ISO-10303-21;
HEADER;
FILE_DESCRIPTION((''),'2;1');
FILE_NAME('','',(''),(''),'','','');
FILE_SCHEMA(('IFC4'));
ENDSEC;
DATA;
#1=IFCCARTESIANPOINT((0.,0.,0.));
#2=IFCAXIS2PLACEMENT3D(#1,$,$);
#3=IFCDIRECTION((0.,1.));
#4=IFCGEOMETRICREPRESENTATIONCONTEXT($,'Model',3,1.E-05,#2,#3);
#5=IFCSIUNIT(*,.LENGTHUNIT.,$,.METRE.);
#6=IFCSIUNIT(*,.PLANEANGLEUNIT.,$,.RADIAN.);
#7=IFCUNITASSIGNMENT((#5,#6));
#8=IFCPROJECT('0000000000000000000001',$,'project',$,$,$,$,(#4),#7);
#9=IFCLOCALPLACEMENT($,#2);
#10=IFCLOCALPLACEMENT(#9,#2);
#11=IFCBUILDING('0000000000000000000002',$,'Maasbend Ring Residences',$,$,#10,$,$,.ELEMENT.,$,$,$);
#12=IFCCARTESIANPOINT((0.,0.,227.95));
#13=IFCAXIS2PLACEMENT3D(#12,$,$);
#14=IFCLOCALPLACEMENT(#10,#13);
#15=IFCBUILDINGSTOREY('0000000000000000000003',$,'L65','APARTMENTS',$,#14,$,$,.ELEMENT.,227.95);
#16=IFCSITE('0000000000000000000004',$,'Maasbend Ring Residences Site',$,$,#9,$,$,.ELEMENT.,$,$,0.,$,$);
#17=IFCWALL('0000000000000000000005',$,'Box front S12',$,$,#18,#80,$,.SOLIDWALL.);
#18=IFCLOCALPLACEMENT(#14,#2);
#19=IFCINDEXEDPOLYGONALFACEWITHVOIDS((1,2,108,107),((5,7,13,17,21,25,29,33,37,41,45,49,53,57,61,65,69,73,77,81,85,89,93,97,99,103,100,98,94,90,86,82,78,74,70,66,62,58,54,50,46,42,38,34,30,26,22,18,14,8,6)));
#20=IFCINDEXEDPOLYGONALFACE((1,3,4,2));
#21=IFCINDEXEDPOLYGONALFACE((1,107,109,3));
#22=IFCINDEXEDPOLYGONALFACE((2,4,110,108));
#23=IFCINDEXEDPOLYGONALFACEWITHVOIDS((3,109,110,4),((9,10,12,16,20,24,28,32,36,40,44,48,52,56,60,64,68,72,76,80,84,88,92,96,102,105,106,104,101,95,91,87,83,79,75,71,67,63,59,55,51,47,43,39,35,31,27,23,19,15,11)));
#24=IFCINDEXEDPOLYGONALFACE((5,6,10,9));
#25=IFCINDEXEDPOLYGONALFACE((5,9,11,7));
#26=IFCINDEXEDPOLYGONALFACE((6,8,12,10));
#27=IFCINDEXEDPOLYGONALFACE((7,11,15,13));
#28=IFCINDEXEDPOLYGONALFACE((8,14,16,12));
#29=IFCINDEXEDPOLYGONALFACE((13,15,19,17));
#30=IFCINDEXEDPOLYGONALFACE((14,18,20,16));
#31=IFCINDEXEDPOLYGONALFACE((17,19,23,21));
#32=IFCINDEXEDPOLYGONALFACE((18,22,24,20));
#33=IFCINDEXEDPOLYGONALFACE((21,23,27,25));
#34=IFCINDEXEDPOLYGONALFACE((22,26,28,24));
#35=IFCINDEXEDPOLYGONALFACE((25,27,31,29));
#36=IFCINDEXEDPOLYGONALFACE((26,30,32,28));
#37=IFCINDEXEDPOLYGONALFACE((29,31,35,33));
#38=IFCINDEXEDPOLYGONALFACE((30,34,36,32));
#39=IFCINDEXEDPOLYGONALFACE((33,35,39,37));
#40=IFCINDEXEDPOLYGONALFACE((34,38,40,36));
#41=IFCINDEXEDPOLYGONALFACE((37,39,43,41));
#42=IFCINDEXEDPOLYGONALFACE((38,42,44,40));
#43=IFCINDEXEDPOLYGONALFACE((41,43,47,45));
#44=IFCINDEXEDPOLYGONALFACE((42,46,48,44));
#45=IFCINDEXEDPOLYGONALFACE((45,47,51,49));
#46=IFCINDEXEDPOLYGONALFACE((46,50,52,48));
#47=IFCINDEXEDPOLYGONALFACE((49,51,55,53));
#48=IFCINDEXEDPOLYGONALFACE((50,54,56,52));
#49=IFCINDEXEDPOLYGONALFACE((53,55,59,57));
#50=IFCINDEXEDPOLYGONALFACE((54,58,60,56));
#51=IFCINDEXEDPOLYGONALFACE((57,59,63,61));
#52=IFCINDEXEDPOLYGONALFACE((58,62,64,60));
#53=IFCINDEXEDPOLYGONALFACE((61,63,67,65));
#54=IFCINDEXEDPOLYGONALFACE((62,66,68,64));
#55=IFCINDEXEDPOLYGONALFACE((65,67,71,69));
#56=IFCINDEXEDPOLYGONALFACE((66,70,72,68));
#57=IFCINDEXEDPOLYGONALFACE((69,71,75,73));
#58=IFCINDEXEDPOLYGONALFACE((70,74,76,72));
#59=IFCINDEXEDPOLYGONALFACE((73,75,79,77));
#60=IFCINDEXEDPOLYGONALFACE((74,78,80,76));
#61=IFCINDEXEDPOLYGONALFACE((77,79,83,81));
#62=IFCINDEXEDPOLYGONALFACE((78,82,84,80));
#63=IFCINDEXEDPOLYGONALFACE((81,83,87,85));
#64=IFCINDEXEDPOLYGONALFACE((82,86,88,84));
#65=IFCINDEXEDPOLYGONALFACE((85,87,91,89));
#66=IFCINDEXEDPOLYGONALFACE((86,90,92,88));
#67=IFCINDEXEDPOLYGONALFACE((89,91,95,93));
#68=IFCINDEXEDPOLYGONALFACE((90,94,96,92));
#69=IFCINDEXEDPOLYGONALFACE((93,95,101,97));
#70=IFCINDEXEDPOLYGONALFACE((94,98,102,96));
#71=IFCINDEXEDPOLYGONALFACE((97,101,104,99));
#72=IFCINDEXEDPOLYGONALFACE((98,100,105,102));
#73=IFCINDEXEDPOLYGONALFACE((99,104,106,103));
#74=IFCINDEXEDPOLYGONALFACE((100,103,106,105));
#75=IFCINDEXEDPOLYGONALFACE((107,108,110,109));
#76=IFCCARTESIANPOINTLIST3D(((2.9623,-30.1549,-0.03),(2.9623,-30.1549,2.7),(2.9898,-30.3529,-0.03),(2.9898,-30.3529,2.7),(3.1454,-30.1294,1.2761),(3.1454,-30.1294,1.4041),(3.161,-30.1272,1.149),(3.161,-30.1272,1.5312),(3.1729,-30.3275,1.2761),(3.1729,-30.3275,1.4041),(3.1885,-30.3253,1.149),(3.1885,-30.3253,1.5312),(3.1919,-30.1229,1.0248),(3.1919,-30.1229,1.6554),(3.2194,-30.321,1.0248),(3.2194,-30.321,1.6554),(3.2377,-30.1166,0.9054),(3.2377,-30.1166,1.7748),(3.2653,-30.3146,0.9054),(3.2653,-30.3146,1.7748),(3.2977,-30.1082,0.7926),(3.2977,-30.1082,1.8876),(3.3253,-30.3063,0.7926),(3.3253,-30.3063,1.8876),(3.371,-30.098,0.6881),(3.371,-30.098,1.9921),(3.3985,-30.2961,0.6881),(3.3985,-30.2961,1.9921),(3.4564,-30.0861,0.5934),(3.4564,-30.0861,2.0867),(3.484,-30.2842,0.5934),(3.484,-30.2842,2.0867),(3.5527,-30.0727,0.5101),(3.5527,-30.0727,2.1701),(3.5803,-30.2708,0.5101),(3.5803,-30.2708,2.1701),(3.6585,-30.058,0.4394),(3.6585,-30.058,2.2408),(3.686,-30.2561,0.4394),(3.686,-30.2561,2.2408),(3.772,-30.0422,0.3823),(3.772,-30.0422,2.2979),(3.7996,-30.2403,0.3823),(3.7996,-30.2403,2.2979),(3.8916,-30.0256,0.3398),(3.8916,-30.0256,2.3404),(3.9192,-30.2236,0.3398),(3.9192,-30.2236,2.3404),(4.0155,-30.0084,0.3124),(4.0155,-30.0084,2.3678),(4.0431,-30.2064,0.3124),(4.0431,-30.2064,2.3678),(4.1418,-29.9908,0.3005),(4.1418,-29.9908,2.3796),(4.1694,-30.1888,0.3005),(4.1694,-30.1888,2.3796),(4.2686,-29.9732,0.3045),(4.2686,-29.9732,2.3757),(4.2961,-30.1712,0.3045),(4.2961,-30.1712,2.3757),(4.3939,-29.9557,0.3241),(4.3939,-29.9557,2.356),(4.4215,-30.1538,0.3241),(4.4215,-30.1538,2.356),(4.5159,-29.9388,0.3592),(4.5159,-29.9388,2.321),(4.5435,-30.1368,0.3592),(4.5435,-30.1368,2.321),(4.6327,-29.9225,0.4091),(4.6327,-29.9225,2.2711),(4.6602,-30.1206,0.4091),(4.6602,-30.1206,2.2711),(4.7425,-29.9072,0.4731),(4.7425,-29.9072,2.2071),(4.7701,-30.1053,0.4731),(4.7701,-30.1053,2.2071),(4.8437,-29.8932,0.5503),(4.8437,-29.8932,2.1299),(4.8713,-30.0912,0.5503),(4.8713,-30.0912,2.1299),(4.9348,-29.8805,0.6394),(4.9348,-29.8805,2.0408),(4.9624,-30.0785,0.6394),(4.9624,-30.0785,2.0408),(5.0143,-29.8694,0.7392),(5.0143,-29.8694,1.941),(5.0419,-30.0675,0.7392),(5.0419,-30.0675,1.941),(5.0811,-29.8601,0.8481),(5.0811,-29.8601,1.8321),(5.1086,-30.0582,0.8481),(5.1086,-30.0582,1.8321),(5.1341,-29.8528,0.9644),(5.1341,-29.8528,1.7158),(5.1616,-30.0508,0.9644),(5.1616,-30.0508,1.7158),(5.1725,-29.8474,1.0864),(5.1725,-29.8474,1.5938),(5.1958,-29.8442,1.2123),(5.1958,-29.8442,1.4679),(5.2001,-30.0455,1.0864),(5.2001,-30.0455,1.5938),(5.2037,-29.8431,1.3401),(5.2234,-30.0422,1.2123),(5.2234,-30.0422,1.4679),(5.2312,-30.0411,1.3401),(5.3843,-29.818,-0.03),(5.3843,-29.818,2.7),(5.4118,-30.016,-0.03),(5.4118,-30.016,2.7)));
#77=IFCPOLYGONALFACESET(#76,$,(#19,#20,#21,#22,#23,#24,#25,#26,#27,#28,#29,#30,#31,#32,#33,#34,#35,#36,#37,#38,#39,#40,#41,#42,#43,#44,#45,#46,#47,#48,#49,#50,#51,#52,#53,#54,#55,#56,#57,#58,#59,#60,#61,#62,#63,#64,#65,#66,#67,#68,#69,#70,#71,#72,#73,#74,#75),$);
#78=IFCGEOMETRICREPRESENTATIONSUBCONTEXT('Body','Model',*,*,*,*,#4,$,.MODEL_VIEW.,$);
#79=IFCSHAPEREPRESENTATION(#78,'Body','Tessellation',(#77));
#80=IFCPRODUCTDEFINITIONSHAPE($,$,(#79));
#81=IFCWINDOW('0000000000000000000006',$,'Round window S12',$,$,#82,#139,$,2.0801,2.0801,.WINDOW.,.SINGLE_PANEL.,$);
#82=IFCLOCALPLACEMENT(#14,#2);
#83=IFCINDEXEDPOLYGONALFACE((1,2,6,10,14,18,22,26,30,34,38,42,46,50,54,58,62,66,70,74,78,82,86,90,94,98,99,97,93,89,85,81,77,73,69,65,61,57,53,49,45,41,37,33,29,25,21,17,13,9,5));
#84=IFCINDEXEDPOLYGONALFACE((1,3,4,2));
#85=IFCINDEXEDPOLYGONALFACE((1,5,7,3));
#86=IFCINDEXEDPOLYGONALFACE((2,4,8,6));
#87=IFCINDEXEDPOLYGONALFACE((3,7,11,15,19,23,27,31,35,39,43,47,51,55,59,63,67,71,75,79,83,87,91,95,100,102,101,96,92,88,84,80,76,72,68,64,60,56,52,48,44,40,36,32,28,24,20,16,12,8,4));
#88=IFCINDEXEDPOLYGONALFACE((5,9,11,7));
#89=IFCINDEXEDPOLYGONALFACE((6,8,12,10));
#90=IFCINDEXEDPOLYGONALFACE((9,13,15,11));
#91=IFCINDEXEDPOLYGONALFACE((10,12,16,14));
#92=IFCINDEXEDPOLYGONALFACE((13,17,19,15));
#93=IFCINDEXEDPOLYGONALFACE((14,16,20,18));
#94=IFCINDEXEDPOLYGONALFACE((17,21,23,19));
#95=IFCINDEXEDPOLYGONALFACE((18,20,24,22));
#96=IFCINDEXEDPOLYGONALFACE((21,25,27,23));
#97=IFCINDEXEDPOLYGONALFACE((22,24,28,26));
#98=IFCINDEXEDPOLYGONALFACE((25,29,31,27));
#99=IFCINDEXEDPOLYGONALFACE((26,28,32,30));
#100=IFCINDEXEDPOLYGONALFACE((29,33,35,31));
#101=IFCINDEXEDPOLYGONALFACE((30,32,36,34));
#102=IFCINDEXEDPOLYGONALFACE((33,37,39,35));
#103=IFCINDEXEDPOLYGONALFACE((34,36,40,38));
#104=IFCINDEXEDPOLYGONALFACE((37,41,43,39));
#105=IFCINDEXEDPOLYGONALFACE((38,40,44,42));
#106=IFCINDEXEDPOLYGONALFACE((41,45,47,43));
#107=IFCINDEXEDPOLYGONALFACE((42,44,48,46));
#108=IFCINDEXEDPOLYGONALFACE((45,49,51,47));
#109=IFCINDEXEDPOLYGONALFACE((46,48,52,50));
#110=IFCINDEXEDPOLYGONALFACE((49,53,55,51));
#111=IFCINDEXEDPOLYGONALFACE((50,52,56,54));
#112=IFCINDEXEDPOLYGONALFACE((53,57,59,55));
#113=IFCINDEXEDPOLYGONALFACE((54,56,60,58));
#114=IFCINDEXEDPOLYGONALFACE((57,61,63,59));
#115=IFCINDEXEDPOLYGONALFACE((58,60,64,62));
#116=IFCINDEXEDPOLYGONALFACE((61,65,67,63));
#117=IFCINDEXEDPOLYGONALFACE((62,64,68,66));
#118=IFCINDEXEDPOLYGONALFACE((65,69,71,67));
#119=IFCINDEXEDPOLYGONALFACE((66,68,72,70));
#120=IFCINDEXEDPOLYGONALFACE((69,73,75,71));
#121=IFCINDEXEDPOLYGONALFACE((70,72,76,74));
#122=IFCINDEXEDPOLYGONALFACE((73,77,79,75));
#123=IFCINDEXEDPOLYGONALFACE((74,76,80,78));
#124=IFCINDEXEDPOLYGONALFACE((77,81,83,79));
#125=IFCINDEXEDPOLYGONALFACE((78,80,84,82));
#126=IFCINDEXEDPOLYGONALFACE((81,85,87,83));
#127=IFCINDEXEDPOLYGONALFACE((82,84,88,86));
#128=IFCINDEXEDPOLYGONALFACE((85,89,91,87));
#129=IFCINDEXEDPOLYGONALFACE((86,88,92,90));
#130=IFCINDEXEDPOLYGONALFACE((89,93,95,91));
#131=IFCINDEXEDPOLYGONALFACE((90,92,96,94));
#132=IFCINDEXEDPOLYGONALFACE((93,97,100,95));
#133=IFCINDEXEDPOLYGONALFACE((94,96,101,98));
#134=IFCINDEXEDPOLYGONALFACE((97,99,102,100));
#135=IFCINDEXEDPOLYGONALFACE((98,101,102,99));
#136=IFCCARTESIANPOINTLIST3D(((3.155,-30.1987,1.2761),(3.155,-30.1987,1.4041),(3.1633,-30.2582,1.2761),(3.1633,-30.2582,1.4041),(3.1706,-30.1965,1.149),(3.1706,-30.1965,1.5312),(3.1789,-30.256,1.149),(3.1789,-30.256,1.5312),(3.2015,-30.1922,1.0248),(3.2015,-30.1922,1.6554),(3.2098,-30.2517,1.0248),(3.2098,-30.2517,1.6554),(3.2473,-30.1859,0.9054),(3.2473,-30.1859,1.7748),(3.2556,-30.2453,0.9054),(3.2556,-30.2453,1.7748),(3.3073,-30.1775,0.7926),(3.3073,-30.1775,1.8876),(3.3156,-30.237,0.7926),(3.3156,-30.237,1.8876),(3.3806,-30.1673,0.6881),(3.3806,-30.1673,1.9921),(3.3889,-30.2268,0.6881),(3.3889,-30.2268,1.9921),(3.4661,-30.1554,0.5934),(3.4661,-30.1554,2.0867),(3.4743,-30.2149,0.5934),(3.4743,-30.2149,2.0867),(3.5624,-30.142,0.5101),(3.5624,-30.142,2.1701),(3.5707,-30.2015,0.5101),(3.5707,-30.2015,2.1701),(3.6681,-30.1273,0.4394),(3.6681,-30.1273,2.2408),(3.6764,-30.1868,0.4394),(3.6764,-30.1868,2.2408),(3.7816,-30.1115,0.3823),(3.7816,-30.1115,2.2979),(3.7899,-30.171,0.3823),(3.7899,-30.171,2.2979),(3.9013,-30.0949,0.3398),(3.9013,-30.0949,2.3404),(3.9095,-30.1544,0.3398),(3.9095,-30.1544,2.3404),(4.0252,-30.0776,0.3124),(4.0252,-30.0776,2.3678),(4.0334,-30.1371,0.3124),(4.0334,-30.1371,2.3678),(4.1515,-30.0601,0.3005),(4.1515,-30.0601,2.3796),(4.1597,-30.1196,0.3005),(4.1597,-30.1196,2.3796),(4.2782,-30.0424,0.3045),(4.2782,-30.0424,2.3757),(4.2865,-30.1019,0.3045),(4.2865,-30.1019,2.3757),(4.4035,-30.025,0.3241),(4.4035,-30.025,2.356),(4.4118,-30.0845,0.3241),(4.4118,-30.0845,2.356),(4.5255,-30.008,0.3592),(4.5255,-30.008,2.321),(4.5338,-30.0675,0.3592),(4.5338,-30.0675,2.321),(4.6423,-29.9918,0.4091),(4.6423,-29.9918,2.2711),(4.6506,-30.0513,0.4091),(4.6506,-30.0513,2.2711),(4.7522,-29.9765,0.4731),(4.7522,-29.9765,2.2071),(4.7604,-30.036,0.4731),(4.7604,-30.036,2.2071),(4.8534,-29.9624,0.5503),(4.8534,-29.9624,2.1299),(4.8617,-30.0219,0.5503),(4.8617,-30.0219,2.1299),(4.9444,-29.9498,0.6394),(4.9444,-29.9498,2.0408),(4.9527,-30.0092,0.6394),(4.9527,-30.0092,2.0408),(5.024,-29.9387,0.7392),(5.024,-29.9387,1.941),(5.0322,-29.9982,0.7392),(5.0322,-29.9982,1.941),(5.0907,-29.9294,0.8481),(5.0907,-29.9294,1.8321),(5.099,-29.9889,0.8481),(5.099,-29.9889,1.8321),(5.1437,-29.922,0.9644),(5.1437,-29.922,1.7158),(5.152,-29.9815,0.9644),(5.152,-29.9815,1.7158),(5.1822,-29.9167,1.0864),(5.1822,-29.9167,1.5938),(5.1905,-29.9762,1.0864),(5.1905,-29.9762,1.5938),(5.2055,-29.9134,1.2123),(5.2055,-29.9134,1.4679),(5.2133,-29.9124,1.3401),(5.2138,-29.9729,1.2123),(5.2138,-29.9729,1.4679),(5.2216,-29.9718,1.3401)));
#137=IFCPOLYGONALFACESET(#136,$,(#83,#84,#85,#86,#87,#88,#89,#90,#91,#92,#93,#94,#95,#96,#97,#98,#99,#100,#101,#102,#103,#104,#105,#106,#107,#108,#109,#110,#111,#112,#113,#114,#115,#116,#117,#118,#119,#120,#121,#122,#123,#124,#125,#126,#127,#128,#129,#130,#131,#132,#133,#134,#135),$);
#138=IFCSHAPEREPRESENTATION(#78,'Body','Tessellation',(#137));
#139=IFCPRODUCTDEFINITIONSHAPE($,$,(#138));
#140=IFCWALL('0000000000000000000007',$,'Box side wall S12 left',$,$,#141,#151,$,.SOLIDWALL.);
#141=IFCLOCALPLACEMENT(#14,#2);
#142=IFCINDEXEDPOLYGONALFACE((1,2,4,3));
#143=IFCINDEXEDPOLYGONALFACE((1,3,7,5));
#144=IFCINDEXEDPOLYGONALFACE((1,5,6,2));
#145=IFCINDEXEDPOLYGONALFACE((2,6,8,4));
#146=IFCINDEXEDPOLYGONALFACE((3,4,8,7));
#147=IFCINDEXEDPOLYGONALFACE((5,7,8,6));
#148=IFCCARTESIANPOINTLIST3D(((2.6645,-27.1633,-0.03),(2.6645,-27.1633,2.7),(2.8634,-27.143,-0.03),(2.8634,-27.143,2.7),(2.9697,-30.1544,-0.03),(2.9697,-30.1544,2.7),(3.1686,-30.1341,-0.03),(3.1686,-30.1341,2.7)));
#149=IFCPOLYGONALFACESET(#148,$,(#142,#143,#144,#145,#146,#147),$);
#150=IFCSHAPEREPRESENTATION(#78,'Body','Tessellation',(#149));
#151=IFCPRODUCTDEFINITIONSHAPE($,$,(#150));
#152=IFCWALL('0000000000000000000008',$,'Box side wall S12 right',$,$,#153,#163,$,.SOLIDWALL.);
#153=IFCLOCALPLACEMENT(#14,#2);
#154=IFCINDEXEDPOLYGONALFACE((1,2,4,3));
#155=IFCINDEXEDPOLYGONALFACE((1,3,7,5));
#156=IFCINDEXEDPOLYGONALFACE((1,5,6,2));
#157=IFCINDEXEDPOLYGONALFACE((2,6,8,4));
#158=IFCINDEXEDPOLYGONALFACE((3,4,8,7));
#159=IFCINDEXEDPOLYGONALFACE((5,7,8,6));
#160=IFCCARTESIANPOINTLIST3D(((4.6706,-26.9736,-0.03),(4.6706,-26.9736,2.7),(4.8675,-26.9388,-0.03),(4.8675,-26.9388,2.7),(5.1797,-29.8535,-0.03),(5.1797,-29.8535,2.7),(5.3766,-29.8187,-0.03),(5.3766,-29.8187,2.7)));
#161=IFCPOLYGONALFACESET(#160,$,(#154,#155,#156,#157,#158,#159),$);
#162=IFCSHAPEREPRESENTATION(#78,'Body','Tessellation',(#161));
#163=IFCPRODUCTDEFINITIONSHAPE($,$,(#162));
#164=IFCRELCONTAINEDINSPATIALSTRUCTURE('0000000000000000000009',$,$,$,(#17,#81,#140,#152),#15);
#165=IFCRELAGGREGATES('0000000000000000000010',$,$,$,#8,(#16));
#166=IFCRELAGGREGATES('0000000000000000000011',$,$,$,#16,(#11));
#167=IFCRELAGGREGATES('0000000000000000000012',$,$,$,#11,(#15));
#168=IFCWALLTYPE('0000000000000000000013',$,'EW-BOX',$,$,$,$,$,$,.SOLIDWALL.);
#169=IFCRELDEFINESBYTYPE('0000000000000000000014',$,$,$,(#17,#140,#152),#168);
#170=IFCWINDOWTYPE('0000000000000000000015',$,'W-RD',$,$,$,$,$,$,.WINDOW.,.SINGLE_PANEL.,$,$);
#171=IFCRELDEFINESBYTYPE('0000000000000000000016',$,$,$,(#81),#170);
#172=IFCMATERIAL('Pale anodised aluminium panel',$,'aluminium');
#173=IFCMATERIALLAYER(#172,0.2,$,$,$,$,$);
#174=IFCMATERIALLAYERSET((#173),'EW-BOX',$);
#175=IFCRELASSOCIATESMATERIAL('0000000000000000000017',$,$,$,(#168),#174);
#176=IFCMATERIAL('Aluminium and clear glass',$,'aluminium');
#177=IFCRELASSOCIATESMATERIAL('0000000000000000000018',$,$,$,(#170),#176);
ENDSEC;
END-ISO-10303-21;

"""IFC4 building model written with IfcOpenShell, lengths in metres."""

from ifc_helpers import new_model, si_unit, direction, frame, frame_2d, origin, place, context, subcontext, project, spatial, rectangle, circle, extrude, material, layer, layer_set, type_object, element, fill, save


model = new_model("IFC4")

# Units and contexts
model_context = context("Model", 3, precision=1e-05, world=origin(), true_north=direction((0.0, 1.0)))
body_context = subcontext(model_context, "Body", "Model", "MODEL_VIEW")
ifc_project = project(units=[si_unit("LENGTHUNIT", "METRE"), si_unit("PLANEANGLEUNIT", "RADIAN")], contexts=[model_context])

# Site, building, storey
site_placement = place(None, origin())
site = spatial("IfcSite", under=ifc_project, at=site_placement, Name="Maasbend Ring Residences Site", CompositionType="ELEMENT", RefElevation=0.0)
building_placement = place(site_placement, origin())
building = spatial("IfcBuilding", under=site, at=building_placement, Name="Maasbend Ring Residences", CompositionType="ELEMENT")
storey_placement = place(building_placement, frame((0.0, 0.0, 227.95)))
storey = spatial("IfcBuildingStorey", under=building, at=storey_placement, Name="L65", Description="APARTMENTS", CompositionType="ELEMENT", Elevation=227.95)

# Wall, opening, window
ifc_material_1 = material(Name="Pale anodised aluminium panel", Category="aluminium")
ifc_layer_1 = layer(ifc_material_1, 0.2)
ifc_layer_set_1 = layer_set([ifc_layer_1], Name="EW-BOX")
wall_type_1 = type_object("IfcWallType", Name="EW-BOX", PredefinedType="SOLIDWALL", material=ifc_layer_set_1)
wall_1_placement = place(storey_placement, frame((2.9761, -30.2539, -0.03), z_axis=(0.0, 0.0, 1.0), x_axis=(0.990462, 0.137786, 0.0)))
wall_1 = element("IfcWall", 1, at=wall_1_placement, inside=storey, type_object=wall_type_1, Name="Box front S12", PredefinedType="SOLIDWALL", context=body_context, shape_type="SweptSolid", body=[
    extrude(rectangle(XDim=2.4453, YDim=0.2, at=frame_2d((1.2227, 0.0))), origin(), (0.0, 0.0, 1.0), 2.73),
])
opening_1_placement = place(wall_1_placement, frame((0.1829, 0.0, 0.3301)))
opening_1 = element("IfcOpeningElement", 2, at=opening_1_placement, cuts=wall_1, PredefinedType="OPENING", context=body_context, shape_type="SweptSolid", body=[
    extrude(circle(Radius=1.04, at=frame_2d((1.04, 1.04))), frame((0.0, 0.1099, 0.0), z_axis=(0.0, -1.0, 0.0), x_axis=(1.0, 0.0, 0.0)), (0.0, 0.0, 1.0), 0.22),
])
ifc_material_2 = material(Name="Aluminium and clear glass", Category="aluminium")
window_type_1 = type_object("IfcWindowType", Name="W-RD", PartitioningType="SINGLE_PANEL", PredefinedType="WINDOW", material=ifc_material_2)
window_1_placement = place(opening_1_placement, origin())
window_1 = element("IfcWindow", 3, at=window_1_placement, inside=storey, type_object=window_type_1, Name="Round window S12", OverallHeight=2.0801, OverallWidth=2.0801, PartitioningType="SINGLE_PANEL", PredefinedType="WINDOW", context=body_context, shape_type="SweptSolid", body=[
    extrude(circle(Radius=1.04, at=frame_2d((1.04, 1.04))), frame((0.0, 0.03, 0.0), z_axis=(0.0, -1.0, 0.0), x_axis=(1.0, 0.0, 0.0)), (0.0, 0.0, 1.0), 0.0601),
])
fill(opening_1, window_1)

# Walls
wall_2_placement = place(storey_placement, frame((2.7639, -27.1531, -0.03), z_axis=(0.0, 0.0, 1.0), x_axis=(0.101505, -0.994835, 0.0)))
element("IfcWall", 4, at=wall_2_placement, inside=storey, type_object=wall_type_1, Name="Box side wall S12 left", PredefinedType="SOLIDWALL", context=body_context, shape_type="SweptSolid", body=[
    extrude(rectangle(XDim=3.0066, YDim=0.2, at=frame_2d((1.5034, 0.0))), origin(), (0.0, 0.0, 1.0), 2.73),
])
wall_3_placement = place(storey_placement, frame((4.769, -26.9561, -0.03), z_axis=(0.0, 0.0, 1.0), x_axis=(0.174057, -0.984736, 0.0)))
element("IfcWall", 5, at=wall_3_placement, inside=storey, type_object=wall_type_1, Name="Box side wall S12 right", PredefinedType="SOLIDWALL", context=body_context, shape_type="SweptSolid", body=[
    extrude(rectangle(XDim=2.9246, YDim=0.2, at=frame_2d((1.4624, 0.0))), origin(), (0.0, 0.0, 1.0), 2.73),
])

save(model, "model.ifc")
